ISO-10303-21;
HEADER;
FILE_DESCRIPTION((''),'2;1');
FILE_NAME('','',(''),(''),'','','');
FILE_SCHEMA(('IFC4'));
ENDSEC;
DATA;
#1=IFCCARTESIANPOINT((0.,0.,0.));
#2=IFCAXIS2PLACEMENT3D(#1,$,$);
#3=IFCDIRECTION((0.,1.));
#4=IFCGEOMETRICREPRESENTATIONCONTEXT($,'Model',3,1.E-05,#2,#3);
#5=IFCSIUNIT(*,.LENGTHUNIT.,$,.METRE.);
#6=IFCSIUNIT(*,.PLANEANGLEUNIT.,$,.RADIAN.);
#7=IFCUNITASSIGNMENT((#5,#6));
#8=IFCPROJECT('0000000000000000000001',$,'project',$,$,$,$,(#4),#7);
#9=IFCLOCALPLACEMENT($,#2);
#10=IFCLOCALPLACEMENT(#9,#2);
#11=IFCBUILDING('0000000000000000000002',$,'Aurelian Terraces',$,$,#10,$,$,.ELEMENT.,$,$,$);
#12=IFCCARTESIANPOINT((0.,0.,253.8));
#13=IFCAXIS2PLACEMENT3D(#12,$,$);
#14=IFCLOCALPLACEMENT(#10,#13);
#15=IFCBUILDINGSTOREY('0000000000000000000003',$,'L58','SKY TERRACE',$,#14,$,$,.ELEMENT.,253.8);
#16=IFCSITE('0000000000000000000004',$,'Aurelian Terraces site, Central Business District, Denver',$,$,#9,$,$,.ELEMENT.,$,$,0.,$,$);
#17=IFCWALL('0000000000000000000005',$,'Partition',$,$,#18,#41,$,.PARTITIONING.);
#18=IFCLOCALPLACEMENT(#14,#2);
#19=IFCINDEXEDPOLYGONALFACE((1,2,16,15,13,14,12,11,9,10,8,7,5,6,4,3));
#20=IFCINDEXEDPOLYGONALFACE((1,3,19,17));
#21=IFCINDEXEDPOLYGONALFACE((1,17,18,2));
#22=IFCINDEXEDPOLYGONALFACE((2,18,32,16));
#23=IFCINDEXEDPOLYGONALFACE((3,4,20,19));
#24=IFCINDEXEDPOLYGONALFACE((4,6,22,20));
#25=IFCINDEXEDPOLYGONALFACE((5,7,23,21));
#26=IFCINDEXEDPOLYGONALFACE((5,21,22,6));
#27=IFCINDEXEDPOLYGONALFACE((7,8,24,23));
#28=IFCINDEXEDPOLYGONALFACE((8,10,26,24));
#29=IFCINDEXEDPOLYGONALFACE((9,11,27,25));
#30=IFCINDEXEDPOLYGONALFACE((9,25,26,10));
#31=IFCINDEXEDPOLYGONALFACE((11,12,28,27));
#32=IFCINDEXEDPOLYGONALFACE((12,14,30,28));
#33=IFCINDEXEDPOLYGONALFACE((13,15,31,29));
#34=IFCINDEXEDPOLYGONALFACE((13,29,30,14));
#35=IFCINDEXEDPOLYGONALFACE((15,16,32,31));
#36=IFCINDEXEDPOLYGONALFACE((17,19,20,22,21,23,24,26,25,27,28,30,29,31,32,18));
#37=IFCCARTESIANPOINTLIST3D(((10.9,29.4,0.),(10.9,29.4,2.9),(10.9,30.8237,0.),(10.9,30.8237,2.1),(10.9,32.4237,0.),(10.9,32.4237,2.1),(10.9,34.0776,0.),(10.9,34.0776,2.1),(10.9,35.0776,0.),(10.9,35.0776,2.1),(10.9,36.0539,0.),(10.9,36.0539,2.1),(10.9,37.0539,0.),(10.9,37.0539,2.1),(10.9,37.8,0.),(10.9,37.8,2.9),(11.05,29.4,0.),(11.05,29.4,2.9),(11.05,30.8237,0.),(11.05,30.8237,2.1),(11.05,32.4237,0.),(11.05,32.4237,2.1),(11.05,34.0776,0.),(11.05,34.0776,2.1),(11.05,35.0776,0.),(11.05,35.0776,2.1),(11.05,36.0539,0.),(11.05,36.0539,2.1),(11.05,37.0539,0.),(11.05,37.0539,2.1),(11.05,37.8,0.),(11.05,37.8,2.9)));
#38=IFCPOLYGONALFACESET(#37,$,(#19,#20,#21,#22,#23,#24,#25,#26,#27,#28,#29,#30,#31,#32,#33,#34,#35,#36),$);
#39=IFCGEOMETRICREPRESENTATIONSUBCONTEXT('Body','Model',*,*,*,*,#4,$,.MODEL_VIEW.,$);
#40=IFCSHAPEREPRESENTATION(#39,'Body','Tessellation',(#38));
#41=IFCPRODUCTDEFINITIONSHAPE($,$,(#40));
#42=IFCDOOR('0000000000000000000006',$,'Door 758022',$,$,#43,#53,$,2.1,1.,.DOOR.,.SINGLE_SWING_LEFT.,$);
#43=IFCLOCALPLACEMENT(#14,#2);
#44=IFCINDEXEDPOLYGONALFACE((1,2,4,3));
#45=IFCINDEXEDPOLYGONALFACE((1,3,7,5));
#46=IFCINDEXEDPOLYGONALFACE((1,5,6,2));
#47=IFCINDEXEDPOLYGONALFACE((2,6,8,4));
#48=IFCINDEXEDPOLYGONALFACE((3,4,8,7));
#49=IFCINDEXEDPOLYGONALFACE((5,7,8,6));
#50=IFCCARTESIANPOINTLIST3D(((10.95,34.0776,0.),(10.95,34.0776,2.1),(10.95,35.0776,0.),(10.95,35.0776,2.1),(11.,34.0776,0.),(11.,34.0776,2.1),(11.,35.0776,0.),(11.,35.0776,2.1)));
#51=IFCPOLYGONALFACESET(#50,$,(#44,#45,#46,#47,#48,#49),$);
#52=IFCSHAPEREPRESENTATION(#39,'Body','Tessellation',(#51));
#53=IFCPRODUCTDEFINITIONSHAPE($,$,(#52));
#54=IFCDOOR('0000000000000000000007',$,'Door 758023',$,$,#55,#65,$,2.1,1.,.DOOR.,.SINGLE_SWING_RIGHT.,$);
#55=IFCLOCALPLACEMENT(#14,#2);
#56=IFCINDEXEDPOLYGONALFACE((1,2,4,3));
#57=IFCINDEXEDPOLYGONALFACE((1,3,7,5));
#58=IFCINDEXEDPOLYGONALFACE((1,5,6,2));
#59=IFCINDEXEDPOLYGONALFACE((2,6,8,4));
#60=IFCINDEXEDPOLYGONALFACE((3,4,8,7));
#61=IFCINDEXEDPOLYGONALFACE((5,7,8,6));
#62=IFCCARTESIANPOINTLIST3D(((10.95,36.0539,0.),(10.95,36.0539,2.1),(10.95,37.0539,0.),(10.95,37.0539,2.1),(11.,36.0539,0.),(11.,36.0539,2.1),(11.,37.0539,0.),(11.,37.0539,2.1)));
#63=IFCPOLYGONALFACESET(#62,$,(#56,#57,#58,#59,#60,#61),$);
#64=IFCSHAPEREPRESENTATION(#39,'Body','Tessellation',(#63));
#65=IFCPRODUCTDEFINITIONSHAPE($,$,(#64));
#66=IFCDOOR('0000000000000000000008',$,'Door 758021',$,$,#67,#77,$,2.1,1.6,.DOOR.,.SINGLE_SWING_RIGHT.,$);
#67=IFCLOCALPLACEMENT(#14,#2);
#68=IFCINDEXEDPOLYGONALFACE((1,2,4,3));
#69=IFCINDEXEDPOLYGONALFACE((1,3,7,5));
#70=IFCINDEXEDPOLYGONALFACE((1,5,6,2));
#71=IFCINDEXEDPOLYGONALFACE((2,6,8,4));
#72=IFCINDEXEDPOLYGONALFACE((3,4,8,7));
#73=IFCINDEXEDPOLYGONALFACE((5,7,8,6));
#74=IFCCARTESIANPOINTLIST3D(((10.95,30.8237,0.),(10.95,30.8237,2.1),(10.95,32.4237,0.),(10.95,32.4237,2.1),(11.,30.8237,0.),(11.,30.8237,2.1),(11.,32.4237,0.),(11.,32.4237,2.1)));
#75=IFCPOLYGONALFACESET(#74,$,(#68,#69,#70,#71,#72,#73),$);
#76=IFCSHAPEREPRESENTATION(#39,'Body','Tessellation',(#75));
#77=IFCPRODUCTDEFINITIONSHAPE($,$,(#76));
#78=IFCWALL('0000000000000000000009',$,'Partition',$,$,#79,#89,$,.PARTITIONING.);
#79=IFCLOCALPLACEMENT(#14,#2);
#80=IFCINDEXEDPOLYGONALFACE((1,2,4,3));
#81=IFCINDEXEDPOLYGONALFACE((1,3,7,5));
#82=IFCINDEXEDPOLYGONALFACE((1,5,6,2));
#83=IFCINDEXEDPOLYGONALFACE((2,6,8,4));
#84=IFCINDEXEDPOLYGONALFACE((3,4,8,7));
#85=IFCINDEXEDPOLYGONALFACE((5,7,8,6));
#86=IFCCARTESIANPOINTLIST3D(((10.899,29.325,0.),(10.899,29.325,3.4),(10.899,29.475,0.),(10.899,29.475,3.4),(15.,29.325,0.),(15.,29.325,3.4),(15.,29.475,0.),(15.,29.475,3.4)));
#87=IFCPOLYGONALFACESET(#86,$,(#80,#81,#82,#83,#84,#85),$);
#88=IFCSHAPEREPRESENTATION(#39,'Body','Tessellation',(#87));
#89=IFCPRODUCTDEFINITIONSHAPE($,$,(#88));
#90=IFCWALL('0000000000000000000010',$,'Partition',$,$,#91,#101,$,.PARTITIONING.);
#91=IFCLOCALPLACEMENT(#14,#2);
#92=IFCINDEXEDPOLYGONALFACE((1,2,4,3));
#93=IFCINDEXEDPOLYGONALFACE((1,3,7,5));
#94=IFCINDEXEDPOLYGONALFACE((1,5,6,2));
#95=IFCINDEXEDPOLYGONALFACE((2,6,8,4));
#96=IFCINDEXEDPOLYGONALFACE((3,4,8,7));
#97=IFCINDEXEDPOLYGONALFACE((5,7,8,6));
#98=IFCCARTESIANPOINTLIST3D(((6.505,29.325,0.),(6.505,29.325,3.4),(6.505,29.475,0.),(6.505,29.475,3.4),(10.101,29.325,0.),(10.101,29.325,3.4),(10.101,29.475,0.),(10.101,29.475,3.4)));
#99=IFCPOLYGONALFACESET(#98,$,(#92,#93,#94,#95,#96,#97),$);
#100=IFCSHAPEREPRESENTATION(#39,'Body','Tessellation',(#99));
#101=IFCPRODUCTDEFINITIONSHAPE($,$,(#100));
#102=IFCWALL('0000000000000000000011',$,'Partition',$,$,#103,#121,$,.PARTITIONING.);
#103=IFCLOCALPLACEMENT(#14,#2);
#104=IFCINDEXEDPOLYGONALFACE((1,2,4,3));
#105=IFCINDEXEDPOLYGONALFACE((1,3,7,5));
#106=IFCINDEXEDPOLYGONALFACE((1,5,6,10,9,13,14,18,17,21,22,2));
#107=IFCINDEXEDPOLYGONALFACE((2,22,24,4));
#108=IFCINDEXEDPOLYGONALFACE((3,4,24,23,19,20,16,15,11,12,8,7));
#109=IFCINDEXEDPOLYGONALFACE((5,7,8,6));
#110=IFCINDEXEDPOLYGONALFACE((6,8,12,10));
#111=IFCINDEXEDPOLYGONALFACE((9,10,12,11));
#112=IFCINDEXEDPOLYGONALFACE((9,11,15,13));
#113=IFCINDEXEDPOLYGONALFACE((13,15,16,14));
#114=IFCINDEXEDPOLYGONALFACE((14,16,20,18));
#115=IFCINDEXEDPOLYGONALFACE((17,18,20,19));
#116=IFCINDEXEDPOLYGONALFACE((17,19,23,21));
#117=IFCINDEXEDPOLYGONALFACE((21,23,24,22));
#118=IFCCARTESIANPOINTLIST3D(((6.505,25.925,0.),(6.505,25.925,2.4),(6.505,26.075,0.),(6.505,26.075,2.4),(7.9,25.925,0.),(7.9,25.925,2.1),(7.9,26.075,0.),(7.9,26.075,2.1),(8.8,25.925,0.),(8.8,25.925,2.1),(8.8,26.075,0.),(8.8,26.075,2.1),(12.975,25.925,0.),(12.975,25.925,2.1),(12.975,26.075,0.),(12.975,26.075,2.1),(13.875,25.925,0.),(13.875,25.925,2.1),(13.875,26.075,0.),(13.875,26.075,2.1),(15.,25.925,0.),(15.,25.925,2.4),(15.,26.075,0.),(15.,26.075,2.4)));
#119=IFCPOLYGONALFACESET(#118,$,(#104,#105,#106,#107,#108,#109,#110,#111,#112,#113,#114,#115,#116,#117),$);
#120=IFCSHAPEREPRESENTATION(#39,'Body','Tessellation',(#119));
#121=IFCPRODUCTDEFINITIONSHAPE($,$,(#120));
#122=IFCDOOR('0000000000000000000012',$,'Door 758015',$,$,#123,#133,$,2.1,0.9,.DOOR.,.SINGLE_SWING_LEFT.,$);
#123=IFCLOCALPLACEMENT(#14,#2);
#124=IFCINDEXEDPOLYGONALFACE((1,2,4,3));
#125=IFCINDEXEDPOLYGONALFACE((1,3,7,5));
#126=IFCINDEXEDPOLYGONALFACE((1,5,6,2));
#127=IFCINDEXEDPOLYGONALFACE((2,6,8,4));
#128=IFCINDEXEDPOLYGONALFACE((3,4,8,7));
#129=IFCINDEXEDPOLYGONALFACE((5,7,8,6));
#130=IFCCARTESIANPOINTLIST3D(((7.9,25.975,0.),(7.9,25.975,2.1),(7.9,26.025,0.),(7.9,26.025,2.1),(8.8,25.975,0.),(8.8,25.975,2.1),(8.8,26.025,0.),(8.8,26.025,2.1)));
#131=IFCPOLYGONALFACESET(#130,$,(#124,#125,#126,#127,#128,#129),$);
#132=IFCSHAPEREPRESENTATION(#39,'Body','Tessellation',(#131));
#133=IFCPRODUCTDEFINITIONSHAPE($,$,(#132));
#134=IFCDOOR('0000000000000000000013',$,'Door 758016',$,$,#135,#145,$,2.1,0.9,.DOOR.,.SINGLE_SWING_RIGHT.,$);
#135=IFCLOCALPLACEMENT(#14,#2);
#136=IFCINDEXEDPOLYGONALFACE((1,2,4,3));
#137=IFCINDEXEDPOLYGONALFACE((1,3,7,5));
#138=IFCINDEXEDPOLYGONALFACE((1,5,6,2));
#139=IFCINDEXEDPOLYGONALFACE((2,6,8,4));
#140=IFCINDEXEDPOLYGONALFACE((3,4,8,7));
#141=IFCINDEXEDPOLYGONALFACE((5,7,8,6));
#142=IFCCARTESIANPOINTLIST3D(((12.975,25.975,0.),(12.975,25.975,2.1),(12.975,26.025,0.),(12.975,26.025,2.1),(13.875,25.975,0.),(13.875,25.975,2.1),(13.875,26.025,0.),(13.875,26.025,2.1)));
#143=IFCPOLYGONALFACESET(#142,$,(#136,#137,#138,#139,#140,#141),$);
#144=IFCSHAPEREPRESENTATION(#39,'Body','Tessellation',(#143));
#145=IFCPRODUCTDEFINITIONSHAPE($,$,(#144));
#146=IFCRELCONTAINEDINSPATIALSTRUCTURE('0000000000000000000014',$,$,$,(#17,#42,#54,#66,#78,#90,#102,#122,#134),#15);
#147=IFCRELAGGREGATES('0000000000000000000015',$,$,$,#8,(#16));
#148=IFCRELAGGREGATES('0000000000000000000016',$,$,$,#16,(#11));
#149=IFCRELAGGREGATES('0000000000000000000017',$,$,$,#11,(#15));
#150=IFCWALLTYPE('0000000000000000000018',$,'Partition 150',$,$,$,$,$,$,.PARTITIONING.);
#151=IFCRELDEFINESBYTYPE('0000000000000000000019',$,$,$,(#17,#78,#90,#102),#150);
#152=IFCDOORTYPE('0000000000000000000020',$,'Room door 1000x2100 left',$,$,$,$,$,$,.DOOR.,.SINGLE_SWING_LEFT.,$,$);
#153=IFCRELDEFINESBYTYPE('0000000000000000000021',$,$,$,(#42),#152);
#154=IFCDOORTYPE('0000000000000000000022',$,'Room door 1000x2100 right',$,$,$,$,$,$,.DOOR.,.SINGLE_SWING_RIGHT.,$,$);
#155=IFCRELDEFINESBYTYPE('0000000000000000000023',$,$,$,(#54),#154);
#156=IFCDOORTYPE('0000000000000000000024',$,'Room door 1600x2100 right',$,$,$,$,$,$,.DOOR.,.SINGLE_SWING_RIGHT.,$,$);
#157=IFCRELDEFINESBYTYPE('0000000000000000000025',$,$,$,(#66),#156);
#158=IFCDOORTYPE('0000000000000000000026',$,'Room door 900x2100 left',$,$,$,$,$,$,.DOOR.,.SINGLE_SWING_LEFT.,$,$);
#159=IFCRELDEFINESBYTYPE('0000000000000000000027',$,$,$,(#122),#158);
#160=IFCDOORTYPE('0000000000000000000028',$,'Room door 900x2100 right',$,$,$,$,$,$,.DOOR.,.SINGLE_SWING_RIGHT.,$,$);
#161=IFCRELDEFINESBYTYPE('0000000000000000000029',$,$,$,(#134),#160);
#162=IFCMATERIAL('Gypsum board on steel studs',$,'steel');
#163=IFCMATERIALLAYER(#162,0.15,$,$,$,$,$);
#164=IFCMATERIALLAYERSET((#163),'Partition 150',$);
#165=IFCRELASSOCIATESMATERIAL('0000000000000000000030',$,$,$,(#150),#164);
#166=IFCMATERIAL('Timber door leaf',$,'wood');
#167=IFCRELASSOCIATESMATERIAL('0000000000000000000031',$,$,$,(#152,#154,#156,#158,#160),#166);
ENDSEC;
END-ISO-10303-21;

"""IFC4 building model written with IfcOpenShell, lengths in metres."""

from ifc_helpers import new_model, si_unit, direction, frame, frame_2d, origin, place, context, subcontext, project, spatial, rectangle, extrude, source, transform, mapped, material, layer, layer_set, type_object, element, fill, save


model = new_model("IFC4")

# Units and contexts
model_context = context("Model", 3, precision=1e-05, world=origin(), true_north=direction((0.0, 1.0)))
body_context = subcontext(model_context, "Body", "Model", "MODEL_VIEW")
ifc_project = project(units=[si_unit("LENGTHUNIT", "METRE"), si_unit("PLANEANGLEUNIT", "RADIAN")], contexts=[model_context])

# Site, building, storey
site_placement = place(None, origin())
site = spatial("IfcSite", under=ifc_project, at=site_placement, Name="Aurelian Terraces site, Central Business District, Denver", CompositionType="ELEMENT", RefElevation=0.0)
building_placement = place(site_placement, origin())
building = spatial("IfcBuilding", under=site, at=building_placement, Name="Aurelian Terraces", CompositionType="ELEMENT")
storey_placement = place(building_placement, frame((0.0, 0.0, 253.8)))
storey = spatial("IfcBuildingStorey", under=building, at=storey_placement, Name="L58", Description="SKY TERRACE", CompositionType="ELEMENT", Elevation=253.8)

# Shared definitions
ifc_material_1 = material(Name="Gypsum board on steel studs", Category="steel")
ifc_layer_1 = layer(ifc_material_1, 0.15)
ifc_layer_set_1 = layer_set([ifc_layer_1], Name="Partition 150")
wall_type_1 = type_object("IfcWallType", Name="Partition 150", PredefinedType="PARTITIONING", material=ifc_layer_set_1)

# Wall, openings, doors
shared_shape_1 = source(origin(), body_context, "Body", "SweptSolid", [
    extrude(rectangle(XDim=0.9, YDim=2.1, at=frame_2d((0.45, 1.05))), frame((0.0, 0.025, 0.0), z_axis=(0.0, -1.0, 0.0), x_axis=(1.0, 0.0, 0.0)), (0.0, 0.0, 1.0), 0.05),
])
shared_shape_2 = source(origin(), body_context, "Body", "SweptSolid", [
    extrude(rectangle(XDim=8.4, YDim=0.15, at=frame_2d((4.2, 0.0))), origin(), (0.0, 0.0, 1.0), 2.9),
])
wall_1_placement = place(storey_placement, frame((10.975, 29.4, 0.0), z_axis=(0.0, 0.0, 1.0), x_axis=(0.0, 1.0, 0.0)))
wall_1 = element("IfcWall", 1, at=wall_1_placement, inside=storey, type_object=wall_type_1, Name="Partition", PredefinedType="PARTITIONING", context=body_context, shape_type="MappedRepresentation", body=[
    mapped(shared_shape_2, transform((0.0, 0.0, 0.0), scale=1.0)),
])
shared_shape_3 = source(origin(), body_context, "Body", "SweptSolid", [
    extrude(rectangle(XDim=1.6, YDim=2.1, at=frame_2d((0.8, 1.05))), frame((0.0, 0.085, 0.0), z_axis=(0.0, -1.0, 0.0), x_axis=(1.0, 0.0, 0.0)), (0.0, 0.0, 1.0), 0.17),
])
opening_1_placement = place(wall_1_placement, frame((1.4237, 0.0, 0.0)))
opening_1 = element("IfcOpeningElement", 2, at=opening_1_placement, cuts=wall_1, PredefinedType="OPENING", context=body_context, shape_type="MappedRepresentation", body=[
    mapped(shared_shape_3, transform((0.0, 0.0, 0.0), scale=1.0)),
])
shared_shape_4 = source(origin(), body_context, "Body", "SweptSolid", [
    extrude(rectangle(XDim=1.0, YDim=2.1, at=frame_2d((0.5, 1.05))), frame((0.0, 0.085, 0.0), z_axis=(0.0, -1.0, 0.0), x_axis=(1.0, 0.0, 0.0)), (0.0, 0.0, 1.0), 0.17),
])
opening_2_placement = place(wall_1_placement, frame((4.6776, 0.0, 0.0)))
opening_2 = element("IfcOpeningElement", 3, at=opening_2_placement, cuts=wall_1, PredefinedType="OPENING", context=body_context, shape_type="MappedRepresentation", body=[
    mapped(shared_shape_4, transform((0.0, 0.0, 0.0), scale=1.0)),
])
opening_3_placement = place(wall_1_placement, frame((6.6539, 0.0, 0.0)))
opening_3 = element("IfcOpeningElement", 4, at=opening_3_placement, cuts=wall_1, PredefinedType="OPENING", context=body_context, shape_type="MappedRepresentation", body=[
    mapped(shared_shape_4, transform((0.0, 0.0, 0.0), scale=1.0)),
])
ifc_material_2 = material(Name="Timber door leaf", Category="wood")
door_type_1 = type_object("IfcDoorType", Name="Room door 1000x2100 left", OperationType="SINGLE_SWING_LEFT", PredefinedType="DOOR", material=ifc_material_2)
shared_shape_5 = source(origin(), body_context, "Body", "SweptSolid", [
    extrude(rectangle(XDim=1.0, YDim=2.1, at=frame_2d((0.5, 1.05))), frame((0.0, 0.025, 0.0), z_axis=(0.0, -1.0, 0.0), x_axis=(1.0, 0.0, 0.0)), (0.0, 0.0, 1.0), 0.05),
])
door_1_placement = place(opening_2_placement, origin())
door_1 = element("IfcDoor", 5, at=door_1_placement, inside=storey, type_object=door_type_1, Name="Door 758022", OperationType="SINGLE_SWING_LEFT", OverallHeight=2.1, OverallWidth=1.0, PredefinedType="DOOR", context=body_context, shape_type="MappedRepresentation", body=[
    mapped(shared_shape_5, transform((0.0, 0.0, 0.0), scale=1.0)),
])
fill(opening_2, door_1)
door_type_2 = type_object("IfcDoorType", Name="Room door 1000x2100 right", OperationType="SINGLE_SWING_RIGHT", PredefinedType="DOOR", material=ifc_material_2)
door_2_placement = place(opening_3_placement, origin())
door_2 = element("IfcDoor", 6, at=door_2_placement, inside=storey, type_object=door_type_2, Name="Door 758023", OperationType="SINGLE_SWING_RIGHT", OverallHeight=2.1, OverallWidth=1.0, PredefinedType="DOOR", context=body_context, shape_type="MappedRepresentation", body=[
    mapped(shared_shape_5, transform((0.0, 0.0, 0.0), scale=1.0)),
])
fill(opening_3, door_2)
door_type_3 = type_object("IfcDoorType", Name="Room door 1600x2100 right", OperationType="SINGLE_SWING_RIGHT", PredefinedType="DOOR", material=ifc_material_2)
shared_shape_6 = source(origin(), body_context, "Body", "SweptSolid", [
    extrude(rectangle(XDim=1.6, YDim=2.1, at=frame_2d((0.8, 1.05))), frame((0.0, 0.025, 0.0), z_axis=(0.0, -1.0, 0.0), x_axis=(1.0, 0.0, 0.0)), (0.0, 0.0, 1.0), 0.05),
])
door_3_placement = place(opening_1_placement, origin())
door_3 = element("IfcDoor", 7, at=door_3_placement, inside=storey, type_object=door_type_3, Name="Door 758021", OperationType="SINGLE_SWING_RIGHT", OverallHeight=2.1, OverallWidth=1.6, PredefinedType="DOOR", context=body_context, shape_type="MappedRepresentation", body=[
    mapped(shared_shape_6, transform((0.0, 0.0, 0.0), scale=1.0)),
])
fill(opening_1, door_3)

# Walls
shared_shape_7 = source(origin(), body_context, "Body", "SweptSolid", [
    extrude(rectangle(XDim=4.101, YDim=0.15, at=frame_2d((2.0505, 0.0))), origin(), (0.0, 0.0, 1.0), 3.4),
])
wall_2_placement = place(storey_placement, frame((15.0, 29.4, 0.0), z_axis=(0.0, 0.0, 1.0), x_axis=(-1.0, 0.0, 0.0)))
element("IfcWall", 8, at=wall_2_placement, inside=storey, type_object=wall_type_1, Name="Partition", PredefinedType="PARTITIONING", context=body_context, shape_type="MappedRepresentation", body=[
    mapped(shared_shape_7, transform((0.0, 0.0, 0.0), scale=1.0)),
])
shared_shape_8 = source(origin(), body_context, "Body", "SweptSolid", [
    extrude(rectangle(XDim=3.596, YDim=0.15, at=frame_2d((1.798, 0.0))), origin(), (0.0, 0.0, 1.0), 3.4),
])
wall_3_placement = place(storey_placement, frame((10.101, 29.4, 0.0), z_axis=(0.0, 0.0, 1.0), x_axis=(-1.0, 0.0, 0.0)))
element("IfcWall", 9, at=wall_3_placement, inside=storey, type_object=wall_type_1, Name="Partition", PredefinedType="PARTITIONING", context=body_context, shape_type="MappedRepresentation", body=[
    mapped(shared_shape_8, transform((0.0, 0.0, 0.0), scale=1.0)),
])

# Wall, openings, doors
shared_shape_9 = source(origin(), body_context, "Body", "SweptSolid", [
    extrude(rectangle(XDim=8.495, YDim=0.15, at=frame_2d((4.2475, 0.0))), origin(), (0.0, 0.0, 1.0), 2.4),
])
wall_4_placement = place(storey_placement, frame((6.505, 26.0, 0.0), z_axis=(0.0, 0.0, 1.0), x_axis=(1.0, 0.0, 0.0)))
wall_4 = element("IfcWall", 10, at=wall_4_placement, inside=storey, type_object=wall_type_1, Name="Partition", PredefinedType="PARTITIONING", context=body_context, shape_type="MappedRepresentation", body=[
    mapped(shared_shape_9, transform((0.0, 0.0, 0.0), scale=1.0)),
])
shared_shape_10 = source(origin(), body_context, "Body", "SweptSolid", [
    extrude(rectangle(XDim=0.9, YDim=2.1, at=frame_2d((0.45, 1.05))), frame((0.0, 0.085, 0.0), z_axis=(0.0, -1.0, 0.0), x_axis=(1.0, 0.0, 0.0)), (0.0, 0.0, 1.0), 0.17),
])
opening_4_placement = place(wall_4_placement, frame((1.395, 0.0, 0.0)))
opening_4 = element("IfcOpeningElement", 11, at=opening_4_placement, cuts=wall_4, PredefinedType="OPENING", context=body_context, shape_type="MappedRepresentation", body=[
    mapped(shared_shape_10, transform((0.0, 0.0, 0.0), scale=1.0)),
])
opening_5_placement = place(wall_4_placement, frame((6.47, 0.0, 0.0)))
opening_5 = element("IfcOpeningElement", 12, at=opening_5_placement, cuts=wall_4, PredefinedType="OPENING", context=body_context, shape_type="MappedRepresentation", body=[
    mapped(shared_shape_10, transform((0.0, 0.0, 0.0), scale=1.0)),
])
door_type_4 = type_object("IfcDoorType", Name="Room door 900x2100 left", OperationType="SINGLE_SWING_LEFT", PredefinedType="DOOR", material=ifc_material_2)
door_4_placement = place(opening_4_placement, origin())
door_4 = element("IfcDoor", 13, at=door_4_placement, inside=storey, type_object=door_type_4, Name="Door 758015", OperationType="SINGLE_SWING_LEFT", OverallHeight=2.1, OverallWidth=0.9, PredefinedType="DOOR", context=body_context, shape_type="MappedRepresentation", body=[
    mapped(shared_shape_1, transform((0.0, 0.0, 0.0), scale=1.0)),
])
fill(opening_4, door_4)
door_type_5 = type_object("IfcDoorType", Name="Room door 900x2100 right", OperationType="SINGLE_SWING_RIGHT", PredefinedType="DOOR", material=ifc_material_2)
door_5_placement = place(opening_5_placement, origin())
door_5 = element("IfcDoor", 14, at=door_5_placement, inside=storey, type_object=door_type_5, Name="Door 758016", OperationType="SINGLE_SWING_RIGHT", OverallHeight=2.1, OverallWidth=0.9, PredefinedType="DOOR", context=body_context, shape_type="MappedRepresentation", body=[
    mapped(shared_shape_1, transform((0.0, 0.0, 0.0), scale=1.0)),
])
fill(opening_5, door_5)

save(model, "model.ifc")
